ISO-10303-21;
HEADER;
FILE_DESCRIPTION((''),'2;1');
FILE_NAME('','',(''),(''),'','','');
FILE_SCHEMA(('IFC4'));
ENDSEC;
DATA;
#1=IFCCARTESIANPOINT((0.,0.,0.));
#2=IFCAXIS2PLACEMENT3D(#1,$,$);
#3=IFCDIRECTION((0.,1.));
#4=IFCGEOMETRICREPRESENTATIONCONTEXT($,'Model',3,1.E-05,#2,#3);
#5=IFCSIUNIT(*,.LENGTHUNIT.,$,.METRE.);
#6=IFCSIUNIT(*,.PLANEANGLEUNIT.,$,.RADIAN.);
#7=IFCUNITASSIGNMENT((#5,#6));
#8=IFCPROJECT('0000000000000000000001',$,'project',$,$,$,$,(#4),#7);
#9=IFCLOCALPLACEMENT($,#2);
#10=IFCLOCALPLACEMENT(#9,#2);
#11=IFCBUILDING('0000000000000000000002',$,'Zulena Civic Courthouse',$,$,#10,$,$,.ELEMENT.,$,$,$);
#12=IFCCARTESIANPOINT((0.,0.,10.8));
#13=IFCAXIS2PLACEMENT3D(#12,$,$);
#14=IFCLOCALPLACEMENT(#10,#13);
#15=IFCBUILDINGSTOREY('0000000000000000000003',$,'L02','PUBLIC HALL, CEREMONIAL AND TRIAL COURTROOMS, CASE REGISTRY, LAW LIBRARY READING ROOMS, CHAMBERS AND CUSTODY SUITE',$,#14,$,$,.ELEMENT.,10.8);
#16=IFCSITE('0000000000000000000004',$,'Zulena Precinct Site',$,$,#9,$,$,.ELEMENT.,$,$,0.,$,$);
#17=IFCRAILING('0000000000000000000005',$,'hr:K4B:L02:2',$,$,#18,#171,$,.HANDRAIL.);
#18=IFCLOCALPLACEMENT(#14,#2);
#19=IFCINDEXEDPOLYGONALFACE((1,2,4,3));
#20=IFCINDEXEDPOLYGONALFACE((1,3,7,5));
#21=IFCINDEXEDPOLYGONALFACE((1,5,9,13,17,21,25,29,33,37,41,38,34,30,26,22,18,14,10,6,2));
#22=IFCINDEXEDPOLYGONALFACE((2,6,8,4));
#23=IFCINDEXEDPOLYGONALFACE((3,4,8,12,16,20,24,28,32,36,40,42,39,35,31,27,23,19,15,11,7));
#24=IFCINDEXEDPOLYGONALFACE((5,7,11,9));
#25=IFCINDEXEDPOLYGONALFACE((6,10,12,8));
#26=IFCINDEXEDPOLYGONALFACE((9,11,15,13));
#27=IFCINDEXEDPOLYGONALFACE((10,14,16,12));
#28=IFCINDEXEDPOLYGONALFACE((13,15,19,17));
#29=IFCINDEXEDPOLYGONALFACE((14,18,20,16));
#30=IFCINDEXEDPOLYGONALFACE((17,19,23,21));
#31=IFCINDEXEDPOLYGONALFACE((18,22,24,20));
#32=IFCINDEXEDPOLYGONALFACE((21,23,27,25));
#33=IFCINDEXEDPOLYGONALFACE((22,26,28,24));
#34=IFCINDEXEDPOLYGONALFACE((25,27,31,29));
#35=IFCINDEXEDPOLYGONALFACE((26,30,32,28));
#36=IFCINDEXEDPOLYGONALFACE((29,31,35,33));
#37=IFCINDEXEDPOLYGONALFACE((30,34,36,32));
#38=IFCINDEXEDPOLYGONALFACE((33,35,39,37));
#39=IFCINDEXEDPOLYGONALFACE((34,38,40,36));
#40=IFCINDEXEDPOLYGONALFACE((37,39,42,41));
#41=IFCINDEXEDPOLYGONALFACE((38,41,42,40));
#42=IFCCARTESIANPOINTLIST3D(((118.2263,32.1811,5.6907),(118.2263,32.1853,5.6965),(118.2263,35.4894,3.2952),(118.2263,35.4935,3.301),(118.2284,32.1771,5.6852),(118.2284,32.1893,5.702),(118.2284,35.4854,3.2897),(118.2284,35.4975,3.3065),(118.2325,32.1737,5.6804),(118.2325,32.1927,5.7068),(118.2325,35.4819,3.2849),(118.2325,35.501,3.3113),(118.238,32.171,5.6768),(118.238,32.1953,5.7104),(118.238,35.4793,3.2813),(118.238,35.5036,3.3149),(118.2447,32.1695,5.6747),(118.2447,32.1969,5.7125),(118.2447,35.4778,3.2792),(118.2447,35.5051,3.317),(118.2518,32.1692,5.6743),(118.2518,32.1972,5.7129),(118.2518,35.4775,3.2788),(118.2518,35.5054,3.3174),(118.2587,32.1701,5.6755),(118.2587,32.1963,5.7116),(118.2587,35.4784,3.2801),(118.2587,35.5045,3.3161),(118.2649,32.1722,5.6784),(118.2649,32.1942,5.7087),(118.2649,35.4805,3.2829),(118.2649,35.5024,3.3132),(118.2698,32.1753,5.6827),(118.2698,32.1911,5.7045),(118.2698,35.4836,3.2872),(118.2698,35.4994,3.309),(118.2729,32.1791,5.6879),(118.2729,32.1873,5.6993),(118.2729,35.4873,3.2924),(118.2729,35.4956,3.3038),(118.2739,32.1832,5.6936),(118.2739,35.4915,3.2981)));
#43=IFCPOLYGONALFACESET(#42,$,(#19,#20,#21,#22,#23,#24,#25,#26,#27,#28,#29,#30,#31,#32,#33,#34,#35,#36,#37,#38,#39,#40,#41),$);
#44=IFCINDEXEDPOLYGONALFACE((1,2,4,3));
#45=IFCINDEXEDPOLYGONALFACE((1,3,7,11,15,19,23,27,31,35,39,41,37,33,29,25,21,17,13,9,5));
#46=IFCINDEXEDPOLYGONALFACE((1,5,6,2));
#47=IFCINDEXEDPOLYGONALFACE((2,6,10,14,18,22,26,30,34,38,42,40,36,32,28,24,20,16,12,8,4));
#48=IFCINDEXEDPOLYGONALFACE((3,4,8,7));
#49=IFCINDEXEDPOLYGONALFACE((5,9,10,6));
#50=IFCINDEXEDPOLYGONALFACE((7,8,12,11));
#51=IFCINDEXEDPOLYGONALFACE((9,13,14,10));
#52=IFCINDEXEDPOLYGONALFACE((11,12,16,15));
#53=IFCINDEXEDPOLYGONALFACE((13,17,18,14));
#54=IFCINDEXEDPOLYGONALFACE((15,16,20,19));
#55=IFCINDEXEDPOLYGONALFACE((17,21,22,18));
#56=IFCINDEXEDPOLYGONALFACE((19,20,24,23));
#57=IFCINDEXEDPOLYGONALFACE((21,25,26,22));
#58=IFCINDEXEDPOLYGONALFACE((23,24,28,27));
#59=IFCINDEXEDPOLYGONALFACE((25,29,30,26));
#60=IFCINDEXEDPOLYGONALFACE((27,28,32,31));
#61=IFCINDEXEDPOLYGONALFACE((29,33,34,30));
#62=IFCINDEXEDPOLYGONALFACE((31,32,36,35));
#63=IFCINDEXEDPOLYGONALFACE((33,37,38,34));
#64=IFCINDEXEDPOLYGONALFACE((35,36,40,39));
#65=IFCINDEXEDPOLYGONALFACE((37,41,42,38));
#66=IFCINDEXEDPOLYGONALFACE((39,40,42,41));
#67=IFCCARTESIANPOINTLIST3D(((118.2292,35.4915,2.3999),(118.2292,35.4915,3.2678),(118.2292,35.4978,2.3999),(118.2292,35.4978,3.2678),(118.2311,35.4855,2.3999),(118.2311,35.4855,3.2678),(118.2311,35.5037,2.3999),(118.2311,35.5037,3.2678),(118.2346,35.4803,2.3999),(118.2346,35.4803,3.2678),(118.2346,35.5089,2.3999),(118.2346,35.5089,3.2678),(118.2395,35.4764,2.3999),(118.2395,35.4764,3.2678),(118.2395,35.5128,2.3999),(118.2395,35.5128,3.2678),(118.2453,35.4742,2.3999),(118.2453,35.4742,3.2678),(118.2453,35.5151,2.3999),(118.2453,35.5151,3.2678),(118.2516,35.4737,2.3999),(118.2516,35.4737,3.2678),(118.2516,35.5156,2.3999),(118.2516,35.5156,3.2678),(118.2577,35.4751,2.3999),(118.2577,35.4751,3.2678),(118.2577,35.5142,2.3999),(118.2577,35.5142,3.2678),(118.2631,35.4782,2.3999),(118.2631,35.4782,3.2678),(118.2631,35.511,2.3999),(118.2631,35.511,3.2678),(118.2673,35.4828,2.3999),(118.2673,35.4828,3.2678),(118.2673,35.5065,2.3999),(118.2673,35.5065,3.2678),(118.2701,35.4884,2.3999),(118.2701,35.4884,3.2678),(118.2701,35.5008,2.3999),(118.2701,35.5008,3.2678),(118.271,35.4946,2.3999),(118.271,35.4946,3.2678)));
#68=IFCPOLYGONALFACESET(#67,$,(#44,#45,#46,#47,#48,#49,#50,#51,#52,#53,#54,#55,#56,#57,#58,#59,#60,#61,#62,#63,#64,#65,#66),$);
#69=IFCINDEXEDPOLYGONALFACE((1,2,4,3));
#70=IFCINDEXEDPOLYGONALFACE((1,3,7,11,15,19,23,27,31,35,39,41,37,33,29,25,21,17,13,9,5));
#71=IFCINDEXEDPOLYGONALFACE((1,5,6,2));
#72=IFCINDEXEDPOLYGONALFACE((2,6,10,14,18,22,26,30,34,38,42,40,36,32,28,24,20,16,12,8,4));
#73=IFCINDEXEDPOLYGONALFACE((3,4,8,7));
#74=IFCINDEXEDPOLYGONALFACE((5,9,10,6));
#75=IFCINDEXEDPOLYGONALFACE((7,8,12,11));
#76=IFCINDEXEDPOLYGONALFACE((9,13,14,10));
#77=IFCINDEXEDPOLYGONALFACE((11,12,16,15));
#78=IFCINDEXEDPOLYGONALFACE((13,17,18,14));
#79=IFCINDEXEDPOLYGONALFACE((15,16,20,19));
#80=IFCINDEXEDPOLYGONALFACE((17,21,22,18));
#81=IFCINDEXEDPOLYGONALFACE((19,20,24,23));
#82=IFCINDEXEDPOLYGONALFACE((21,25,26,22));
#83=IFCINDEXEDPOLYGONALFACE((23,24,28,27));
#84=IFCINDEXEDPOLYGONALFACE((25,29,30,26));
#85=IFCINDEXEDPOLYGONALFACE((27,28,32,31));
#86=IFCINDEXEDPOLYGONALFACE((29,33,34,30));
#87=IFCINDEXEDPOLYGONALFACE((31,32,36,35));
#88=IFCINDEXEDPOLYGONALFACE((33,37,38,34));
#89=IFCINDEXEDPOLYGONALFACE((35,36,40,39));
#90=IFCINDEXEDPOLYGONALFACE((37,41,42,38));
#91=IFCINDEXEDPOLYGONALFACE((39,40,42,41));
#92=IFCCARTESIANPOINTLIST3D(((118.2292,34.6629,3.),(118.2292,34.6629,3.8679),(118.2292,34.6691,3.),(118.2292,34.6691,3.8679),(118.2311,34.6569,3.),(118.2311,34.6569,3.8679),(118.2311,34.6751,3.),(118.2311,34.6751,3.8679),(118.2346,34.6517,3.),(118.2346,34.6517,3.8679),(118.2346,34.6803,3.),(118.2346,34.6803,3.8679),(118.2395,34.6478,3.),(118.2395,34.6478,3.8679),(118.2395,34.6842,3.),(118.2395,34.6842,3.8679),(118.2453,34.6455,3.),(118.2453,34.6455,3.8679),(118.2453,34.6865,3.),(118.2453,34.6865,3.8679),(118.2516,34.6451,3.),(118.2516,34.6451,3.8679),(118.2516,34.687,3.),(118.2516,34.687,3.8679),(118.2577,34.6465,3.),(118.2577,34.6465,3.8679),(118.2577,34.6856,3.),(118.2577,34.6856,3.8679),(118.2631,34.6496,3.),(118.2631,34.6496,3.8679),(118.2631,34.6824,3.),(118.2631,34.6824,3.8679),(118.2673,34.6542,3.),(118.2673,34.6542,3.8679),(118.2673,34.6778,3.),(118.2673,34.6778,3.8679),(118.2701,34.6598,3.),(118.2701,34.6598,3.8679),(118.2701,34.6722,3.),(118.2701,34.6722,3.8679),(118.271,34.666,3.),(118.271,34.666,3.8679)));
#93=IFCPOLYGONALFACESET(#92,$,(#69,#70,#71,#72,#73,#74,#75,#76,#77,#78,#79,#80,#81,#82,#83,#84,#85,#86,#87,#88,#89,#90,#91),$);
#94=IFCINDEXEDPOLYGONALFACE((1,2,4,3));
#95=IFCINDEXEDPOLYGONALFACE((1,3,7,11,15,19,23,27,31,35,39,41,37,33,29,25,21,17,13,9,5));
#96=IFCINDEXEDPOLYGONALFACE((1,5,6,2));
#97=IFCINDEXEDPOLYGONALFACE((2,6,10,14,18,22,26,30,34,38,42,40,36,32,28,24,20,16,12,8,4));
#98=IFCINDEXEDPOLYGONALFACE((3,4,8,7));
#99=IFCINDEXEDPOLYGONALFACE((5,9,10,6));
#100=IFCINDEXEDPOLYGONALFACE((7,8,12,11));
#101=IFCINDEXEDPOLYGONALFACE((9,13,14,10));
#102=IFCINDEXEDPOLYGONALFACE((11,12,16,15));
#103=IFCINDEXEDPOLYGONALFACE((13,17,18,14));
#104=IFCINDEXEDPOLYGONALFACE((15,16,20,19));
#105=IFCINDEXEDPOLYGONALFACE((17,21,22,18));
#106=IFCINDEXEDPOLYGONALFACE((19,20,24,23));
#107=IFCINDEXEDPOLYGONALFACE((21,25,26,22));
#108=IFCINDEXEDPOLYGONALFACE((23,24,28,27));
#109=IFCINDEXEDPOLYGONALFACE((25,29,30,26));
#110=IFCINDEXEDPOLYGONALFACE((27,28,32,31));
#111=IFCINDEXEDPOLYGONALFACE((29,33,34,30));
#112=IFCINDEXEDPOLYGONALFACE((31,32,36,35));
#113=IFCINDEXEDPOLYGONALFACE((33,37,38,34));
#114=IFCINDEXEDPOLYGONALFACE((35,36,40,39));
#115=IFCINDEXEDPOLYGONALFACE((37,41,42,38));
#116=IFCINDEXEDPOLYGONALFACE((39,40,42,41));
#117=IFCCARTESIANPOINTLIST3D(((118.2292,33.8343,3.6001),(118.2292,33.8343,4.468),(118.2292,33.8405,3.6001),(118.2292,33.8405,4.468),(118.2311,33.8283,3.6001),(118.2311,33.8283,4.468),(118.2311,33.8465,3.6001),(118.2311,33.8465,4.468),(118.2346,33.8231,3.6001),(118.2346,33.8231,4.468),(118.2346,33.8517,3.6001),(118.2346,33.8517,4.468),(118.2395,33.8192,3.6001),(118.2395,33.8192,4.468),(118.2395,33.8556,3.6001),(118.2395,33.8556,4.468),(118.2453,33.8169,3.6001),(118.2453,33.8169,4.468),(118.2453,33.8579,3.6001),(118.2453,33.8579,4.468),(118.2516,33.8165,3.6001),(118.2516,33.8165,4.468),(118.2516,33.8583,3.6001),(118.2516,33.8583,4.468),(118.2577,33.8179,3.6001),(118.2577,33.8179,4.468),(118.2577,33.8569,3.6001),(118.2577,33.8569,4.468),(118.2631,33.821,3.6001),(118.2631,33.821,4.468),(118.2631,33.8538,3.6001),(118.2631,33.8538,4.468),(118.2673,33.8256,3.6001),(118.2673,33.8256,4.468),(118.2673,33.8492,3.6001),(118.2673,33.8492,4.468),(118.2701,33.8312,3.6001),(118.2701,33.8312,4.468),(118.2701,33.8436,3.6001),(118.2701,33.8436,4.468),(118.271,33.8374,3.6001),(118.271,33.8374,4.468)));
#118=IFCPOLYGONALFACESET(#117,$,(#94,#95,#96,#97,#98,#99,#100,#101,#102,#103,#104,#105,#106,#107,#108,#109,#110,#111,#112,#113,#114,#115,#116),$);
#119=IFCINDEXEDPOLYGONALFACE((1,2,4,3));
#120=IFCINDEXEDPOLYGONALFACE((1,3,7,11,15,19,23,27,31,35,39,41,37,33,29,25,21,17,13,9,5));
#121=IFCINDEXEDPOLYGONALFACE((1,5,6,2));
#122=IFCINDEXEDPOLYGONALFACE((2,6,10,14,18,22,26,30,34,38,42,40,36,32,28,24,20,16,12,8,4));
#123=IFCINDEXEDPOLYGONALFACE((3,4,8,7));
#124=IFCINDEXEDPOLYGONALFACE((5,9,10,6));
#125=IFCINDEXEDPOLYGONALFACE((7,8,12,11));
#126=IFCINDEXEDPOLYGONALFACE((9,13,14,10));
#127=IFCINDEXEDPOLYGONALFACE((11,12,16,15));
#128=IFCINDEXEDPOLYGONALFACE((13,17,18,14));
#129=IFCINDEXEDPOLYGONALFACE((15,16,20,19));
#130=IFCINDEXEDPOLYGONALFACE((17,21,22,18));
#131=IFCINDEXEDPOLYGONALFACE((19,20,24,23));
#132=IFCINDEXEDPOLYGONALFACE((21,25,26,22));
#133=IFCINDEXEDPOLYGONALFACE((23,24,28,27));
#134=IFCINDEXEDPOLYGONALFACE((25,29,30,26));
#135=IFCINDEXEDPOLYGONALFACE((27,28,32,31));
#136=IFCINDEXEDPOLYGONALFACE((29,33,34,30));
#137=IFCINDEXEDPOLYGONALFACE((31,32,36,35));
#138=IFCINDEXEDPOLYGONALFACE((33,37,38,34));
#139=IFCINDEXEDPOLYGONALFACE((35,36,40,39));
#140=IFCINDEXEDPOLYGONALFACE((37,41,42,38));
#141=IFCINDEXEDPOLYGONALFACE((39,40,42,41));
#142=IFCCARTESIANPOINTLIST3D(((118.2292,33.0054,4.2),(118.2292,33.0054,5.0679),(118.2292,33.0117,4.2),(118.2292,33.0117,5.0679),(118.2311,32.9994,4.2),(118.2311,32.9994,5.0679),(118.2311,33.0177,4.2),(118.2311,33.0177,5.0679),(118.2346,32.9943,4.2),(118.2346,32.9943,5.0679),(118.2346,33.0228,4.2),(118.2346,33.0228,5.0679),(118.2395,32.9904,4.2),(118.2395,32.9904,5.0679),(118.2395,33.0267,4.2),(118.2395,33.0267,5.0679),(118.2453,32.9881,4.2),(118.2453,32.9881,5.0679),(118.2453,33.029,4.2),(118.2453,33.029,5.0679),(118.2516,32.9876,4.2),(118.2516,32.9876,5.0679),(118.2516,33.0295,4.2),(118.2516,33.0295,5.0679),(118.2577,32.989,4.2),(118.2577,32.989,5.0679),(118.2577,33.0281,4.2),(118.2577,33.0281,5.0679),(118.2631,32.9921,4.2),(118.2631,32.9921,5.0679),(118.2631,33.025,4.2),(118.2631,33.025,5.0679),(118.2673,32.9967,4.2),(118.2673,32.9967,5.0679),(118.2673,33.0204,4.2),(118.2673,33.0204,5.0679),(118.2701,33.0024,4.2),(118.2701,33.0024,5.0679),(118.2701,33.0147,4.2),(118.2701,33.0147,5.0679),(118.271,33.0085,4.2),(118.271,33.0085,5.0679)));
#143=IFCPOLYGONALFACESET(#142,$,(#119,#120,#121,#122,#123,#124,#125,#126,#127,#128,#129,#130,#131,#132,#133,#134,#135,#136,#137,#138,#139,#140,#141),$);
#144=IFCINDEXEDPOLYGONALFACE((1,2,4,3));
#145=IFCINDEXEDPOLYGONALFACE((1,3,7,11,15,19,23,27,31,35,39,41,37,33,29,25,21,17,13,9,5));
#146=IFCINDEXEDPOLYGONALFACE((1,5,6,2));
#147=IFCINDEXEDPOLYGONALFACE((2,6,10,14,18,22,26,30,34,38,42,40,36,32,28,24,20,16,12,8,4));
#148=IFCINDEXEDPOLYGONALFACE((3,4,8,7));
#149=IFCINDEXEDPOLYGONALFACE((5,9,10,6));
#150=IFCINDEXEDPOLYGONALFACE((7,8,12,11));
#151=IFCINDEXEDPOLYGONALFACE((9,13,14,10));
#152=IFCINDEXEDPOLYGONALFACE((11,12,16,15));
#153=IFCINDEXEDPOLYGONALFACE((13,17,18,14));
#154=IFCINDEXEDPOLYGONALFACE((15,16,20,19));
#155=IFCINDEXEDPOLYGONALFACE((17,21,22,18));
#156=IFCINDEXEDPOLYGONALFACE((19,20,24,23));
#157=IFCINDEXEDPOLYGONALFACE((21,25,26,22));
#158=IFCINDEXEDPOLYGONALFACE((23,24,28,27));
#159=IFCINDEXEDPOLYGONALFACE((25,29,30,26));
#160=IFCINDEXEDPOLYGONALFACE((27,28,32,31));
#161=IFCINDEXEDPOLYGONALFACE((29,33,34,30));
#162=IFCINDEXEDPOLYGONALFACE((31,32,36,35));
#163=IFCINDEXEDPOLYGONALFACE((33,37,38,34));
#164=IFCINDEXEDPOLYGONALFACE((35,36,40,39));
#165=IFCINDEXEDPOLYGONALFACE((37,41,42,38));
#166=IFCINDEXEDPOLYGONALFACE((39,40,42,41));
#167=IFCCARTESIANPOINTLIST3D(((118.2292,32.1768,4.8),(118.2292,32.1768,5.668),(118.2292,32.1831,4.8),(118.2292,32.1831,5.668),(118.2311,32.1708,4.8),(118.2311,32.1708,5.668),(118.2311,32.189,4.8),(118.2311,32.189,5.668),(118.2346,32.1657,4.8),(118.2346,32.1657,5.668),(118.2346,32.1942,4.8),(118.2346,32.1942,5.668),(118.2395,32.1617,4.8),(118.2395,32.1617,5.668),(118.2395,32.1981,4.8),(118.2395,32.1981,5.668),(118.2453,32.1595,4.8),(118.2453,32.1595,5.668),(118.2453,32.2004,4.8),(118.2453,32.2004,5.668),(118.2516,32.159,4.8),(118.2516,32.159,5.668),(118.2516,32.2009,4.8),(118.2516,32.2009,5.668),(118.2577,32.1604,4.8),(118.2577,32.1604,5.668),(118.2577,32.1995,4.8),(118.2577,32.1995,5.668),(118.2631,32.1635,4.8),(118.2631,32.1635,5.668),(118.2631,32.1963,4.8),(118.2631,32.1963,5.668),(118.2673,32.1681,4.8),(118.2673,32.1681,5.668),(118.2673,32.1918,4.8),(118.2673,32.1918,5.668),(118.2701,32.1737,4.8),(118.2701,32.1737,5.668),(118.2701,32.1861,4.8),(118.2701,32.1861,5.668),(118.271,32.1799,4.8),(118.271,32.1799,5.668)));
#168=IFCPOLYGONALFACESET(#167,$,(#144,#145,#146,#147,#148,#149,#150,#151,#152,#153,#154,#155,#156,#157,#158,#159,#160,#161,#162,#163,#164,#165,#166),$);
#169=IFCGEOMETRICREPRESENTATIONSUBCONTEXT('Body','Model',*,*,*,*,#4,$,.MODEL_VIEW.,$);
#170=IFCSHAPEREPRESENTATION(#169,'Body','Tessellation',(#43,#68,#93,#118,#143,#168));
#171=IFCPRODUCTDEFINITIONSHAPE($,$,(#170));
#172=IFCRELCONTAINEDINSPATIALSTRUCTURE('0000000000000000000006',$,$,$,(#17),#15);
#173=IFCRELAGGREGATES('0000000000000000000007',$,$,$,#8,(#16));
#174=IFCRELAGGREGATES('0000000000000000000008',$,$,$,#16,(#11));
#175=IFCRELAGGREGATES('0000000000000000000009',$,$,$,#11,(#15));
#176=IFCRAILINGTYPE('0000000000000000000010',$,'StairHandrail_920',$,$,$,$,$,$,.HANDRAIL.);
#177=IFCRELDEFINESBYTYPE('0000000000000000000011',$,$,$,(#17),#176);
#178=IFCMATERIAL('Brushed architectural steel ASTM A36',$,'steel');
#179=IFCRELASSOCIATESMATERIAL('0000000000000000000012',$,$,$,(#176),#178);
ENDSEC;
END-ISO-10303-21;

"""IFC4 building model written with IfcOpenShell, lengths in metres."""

from ifc_helpers import new_model, si_unit, direction, frame, origin, origin_2d, place, context, subcontext, project, spatial, circle, extrude, material, type_object, element, save


model = new_model("IFC4")

# Units and contexts
model_context = context("Model", 3, precision=1e-05, world=origin(), true_north=direction((0.0, 1.0)))
body_context = subcontext(model_context, "Body", "Model", "MODEL_VIEW")
ifc_project = project(units=[si_unit("LENGTHUNIT", "METRE"), si_unit("PLANEANGLEUNIT", "RADIAN")], contexts=[model_context])

# Site, building, storey
site_placement = place(None, origin())
site = spatial("IfcSite", under=ifc_project, at=site_placement, Name="Zulena Precinct Site", CompositionType="ELEMENT", RefElevation=0.0)
building_placement = place(site_placement, origin())
building = spatial("IfcBuilding", under=site, at=building_placement, Name="Zulena Civic Courthouse", CompositionType="ELEMENT")
storey_placement = place(building_placement, frame((0.0, 0.0, 10.8)))
storey = spatial("IfcBuildingStorey", under=building, at=storey_placement, Name="L02", Description="PUBLIC HALL, CEREMONIAL AND TRIAL COURTROOMS, CASE REGISTRY, LAW LIBRARY READING ROOMS, CHAMBERS AND CUSTODY SUITE", CompositionType="ELEMENT", Elevation=10.8)

# Railing
ifc_material_1 = material(Name="Brushed architectural steel ASTM A36", Category="steel")
railing_type_1 = type_object("IfcRailingType", Name="StairHandrail_920", PredefinedType="HANDRAIL", material=ifc_material_1)
railing_1_placement = place(storey_placement, frame((118.25, 35.4946, 2.3999)))
element("IfcRailing", 1, at=railing_1_placement, inside=storey, type_object=railing_type_1, Name="hr:K4B:L02:2", PredefinedType="HANDRAIL", context=body_context, shape_type="SweptSolid", body=[
    extrude(circle(Radius=0.0239, at=origin_2d()), frame((0.0, -0.0032, 0.8982), z_axis=(0.0, -0.80996, 0.586486), x_axis=(1.0, 0.0, 0.0)), (0.0, 0.0, 1.0), 4.0845),
    extrude(circle(Radius=0.021, at=origin_2d()), origin(), (0.0, 0.0, 1.0), 0.8679),
    extrude(circle(Radius=0.021, at=origin_2d()), frame((0.0, -0.8286, 0.6001)), (0.0, 0.0, 1.0), 0.8679),
    extrude(circle(Radius=0.021, at=origin_2d()), frame((0.0, -1.6572, 1.2002)), (0.0, 0.0, 1.0), 0.8679),
    extrude(circle(Radius=0.021, at=origin_2d()), frame((0.0, -2.4861, 1.8)), (0.0, 0.0, 1.0), 0.8679),
    extrude(circle(Radius=0.021, at=origin_2d()), frame((0.0, -3.3147, 2.4001)), (0.0, 0.0, 1.0), 0.8679),
])

save(model, "model.ifc")
